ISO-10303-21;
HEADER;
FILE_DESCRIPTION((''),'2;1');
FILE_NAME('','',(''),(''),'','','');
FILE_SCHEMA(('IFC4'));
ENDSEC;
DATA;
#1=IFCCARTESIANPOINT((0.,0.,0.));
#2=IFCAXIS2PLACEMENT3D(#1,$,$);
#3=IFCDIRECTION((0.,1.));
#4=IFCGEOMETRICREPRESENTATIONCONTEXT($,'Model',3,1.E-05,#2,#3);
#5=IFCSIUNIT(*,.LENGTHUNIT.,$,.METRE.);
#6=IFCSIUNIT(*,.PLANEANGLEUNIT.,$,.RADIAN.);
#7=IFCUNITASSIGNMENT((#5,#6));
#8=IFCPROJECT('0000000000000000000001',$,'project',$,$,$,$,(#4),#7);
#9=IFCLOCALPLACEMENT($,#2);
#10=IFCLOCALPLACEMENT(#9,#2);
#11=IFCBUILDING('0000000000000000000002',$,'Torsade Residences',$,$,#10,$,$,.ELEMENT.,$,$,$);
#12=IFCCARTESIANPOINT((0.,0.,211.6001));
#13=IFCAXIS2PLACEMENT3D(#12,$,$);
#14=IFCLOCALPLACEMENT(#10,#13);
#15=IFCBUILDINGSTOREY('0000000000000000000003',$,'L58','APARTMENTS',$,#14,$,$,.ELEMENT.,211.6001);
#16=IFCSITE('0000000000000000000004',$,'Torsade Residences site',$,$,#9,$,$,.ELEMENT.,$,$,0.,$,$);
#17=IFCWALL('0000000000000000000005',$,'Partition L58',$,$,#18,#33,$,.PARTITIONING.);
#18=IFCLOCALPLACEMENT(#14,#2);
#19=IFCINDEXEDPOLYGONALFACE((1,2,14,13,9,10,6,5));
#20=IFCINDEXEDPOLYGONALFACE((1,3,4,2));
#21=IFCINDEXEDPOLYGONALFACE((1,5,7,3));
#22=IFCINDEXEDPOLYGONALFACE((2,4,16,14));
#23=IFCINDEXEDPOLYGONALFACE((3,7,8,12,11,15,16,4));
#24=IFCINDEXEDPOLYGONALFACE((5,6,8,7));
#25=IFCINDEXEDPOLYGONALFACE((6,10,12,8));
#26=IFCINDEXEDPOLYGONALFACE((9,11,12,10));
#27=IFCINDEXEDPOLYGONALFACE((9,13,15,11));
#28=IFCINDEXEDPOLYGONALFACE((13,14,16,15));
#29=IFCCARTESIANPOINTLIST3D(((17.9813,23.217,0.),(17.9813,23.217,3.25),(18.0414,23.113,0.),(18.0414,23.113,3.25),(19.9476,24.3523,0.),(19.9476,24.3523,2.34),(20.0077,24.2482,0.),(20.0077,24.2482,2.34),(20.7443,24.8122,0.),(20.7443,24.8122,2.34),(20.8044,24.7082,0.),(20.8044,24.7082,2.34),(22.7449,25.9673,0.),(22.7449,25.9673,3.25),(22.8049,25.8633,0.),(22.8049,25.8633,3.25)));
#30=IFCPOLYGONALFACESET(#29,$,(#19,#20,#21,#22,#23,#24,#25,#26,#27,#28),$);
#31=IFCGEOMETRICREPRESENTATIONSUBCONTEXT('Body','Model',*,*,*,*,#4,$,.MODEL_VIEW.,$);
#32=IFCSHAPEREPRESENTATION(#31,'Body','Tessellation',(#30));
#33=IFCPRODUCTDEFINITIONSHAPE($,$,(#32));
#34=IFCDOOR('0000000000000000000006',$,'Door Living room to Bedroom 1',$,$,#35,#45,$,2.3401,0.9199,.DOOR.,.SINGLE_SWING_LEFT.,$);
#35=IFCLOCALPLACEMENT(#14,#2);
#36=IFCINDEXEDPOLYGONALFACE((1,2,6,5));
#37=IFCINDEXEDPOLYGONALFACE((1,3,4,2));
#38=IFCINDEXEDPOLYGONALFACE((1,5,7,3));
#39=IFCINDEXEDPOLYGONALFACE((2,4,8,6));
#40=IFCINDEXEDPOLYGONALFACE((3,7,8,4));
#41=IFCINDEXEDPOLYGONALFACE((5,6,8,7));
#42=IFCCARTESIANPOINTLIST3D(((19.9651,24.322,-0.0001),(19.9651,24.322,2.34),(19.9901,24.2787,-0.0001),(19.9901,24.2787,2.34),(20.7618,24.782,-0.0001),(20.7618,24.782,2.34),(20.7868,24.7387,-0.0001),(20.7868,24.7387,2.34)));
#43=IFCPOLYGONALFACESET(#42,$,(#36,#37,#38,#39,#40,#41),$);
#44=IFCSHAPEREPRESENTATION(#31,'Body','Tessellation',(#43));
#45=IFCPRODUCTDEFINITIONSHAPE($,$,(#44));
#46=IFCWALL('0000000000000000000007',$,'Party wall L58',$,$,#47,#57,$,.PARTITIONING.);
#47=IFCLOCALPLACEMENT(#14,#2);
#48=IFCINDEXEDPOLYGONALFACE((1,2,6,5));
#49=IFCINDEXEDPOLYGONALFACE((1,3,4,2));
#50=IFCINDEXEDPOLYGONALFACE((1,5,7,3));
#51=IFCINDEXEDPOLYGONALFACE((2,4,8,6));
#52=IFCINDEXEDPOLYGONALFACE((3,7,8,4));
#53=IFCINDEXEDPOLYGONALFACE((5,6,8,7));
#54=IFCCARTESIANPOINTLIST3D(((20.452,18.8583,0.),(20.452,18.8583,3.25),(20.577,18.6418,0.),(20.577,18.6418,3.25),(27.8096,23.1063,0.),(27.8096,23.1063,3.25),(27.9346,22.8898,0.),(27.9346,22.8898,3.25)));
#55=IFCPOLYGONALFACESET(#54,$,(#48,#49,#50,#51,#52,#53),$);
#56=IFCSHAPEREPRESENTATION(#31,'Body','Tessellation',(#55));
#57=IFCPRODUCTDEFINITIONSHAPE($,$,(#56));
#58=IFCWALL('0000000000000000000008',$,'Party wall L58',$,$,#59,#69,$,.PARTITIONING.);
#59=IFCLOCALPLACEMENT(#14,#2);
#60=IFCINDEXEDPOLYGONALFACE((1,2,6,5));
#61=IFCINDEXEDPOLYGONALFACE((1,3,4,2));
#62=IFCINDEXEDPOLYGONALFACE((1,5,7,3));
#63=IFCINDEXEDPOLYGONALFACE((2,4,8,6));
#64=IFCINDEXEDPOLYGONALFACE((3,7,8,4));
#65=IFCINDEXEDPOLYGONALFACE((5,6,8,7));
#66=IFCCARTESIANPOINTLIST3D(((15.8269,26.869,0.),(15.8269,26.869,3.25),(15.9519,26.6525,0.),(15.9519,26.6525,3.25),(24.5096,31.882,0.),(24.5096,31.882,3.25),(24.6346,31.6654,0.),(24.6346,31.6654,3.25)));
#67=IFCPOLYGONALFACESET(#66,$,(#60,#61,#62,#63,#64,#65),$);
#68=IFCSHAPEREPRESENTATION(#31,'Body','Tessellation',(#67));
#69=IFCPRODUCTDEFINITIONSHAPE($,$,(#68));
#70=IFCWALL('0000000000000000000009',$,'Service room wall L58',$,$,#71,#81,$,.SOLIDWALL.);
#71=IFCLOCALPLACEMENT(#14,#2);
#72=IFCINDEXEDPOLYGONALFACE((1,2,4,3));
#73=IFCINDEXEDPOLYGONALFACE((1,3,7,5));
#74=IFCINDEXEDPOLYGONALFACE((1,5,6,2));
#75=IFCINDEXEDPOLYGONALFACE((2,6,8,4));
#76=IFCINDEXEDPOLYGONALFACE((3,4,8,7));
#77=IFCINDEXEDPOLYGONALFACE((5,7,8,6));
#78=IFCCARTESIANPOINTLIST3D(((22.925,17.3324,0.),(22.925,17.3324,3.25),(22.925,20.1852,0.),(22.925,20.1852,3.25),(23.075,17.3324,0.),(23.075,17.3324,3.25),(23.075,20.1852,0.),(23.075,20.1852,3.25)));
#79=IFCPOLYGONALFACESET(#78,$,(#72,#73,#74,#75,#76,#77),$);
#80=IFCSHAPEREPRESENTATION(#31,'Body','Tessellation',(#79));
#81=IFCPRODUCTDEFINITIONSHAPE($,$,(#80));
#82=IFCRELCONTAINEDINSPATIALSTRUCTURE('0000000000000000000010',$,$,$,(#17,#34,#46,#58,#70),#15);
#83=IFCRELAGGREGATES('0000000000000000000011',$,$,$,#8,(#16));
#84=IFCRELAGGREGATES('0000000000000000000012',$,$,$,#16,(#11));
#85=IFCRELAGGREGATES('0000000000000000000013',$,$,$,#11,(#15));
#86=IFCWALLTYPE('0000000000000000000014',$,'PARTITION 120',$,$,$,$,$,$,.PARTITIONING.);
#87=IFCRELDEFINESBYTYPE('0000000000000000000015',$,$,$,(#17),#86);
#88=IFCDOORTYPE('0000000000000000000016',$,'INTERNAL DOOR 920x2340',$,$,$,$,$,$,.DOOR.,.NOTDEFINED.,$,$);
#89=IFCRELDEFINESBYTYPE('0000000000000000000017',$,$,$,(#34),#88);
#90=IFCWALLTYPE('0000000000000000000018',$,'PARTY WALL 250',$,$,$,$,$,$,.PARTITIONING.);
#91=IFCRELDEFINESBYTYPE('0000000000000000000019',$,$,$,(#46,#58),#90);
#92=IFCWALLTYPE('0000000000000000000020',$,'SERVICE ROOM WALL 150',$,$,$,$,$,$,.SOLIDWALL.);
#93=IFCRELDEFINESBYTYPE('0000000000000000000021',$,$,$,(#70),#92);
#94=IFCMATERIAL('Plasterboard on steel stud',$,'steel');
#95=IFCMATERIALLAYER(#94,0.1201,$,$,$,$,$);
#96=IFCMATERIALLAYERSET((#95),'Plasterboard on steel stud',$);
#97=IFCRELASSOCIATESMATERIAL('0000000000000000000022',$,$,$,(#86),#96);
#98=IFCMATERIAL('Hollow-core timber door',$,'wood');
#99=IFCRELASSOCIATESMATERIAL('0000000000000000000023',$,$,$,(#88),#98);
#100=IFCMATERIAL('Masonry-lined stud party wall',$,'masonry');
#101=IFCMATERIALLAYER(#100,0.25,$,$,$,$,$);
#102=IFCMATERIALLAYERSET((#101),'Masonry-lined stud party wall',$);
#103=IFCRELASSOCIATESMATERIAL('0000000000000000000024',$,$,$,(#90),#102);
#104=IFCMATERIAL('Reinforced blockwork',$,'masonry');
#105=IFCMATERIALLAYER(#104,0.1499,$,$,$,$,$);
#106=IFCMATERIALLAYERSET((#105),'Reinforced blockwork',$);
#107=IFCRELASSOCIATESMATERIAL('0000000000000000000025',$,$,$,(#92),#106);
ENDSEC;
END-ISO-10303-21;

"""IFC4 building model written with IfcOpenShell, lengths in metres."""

from ifc_helpers import new_model, si_unit, direction, frame, frame_2d, origin, place, context, subcontext, project, spatial, rectangle, extrude, material, layer, layer_set, type_object, element, fill, save


model = new_model("IFC4")

# Units and contexts
model_context = context("Model", 3, precision=1e-05, world=origin(), true_north=direction((0.0, 1.0)))
body_context = subcontext(model_context, "Body", "Model", "MODEL_VIEW")
ifc_project = project(units=[si_unit("LENGTHUNIT", "METRE"), si_unit("PLANEANGLEUNIT", "RADIAN")], contexts=[model_context])

# Site, building, storey
site_placement = place(None, origin())
site = spatial("IfcSite", under=ifc_project, at=site_placement, Name="Torsade Residences site", CompositionType="ELEMENT", RefElevation=0.0)
building_placement = place(site_placement, origin())
building = spatial("IfcBuilding", under=site, at=building_placement, Name="Torsade Residences", CompositionType="ELEMENT")
storey_placement = place(building_placement, frame((0.0, 0.0, 211.6001)))
storey = spatial("IfcBuildingStorey", under=building, at=storey_placement, Name="L58", Description="APARTMENTS", CompositionType="ELEMENT", Elevation=211.6001)

# Shared definitions
ifc_material_1 = material(Name="Plasterboard on steel stud", Category="steel")
ifc_layer_1 = layer(ifc_material_1, 0.1201)
ifc_layer_set_1 = layer_set([ifc_layer_1], Name="Plasterboard on steel stud")
wall_type_1 = type_object("IfcWallType", Name="PARTITION 120", PredefinedType="PARTITIONING", material=ifc_layer_set_1)

# Shared definitions
ifc_material_2 = material(Name="Hollow-core timber door", Category="wood")
door_type_1 = type_object("IfcDoorType", Name="INTERNAL DOOR 920x2340", OperationType="NOTDEFINED", PredefinedType="DOOR", material=ifc_material_2)

# Wall, opening, door
wall_1_placement = place(storey_placement, frame((22.7749, 25.9153, 0.0), z_axis=(0.0, 0.0, 1.0), x_axis=(-0.866019, -0.500011, 0.0)))
wall_1 = element("IfcWall", 1, at=wall_1_placement, inside=storey, type_object=wall_type_1, Name="Partition L58", PredefinedType="PARTITIONING", context=body_context, shape_type="SweptSolid", body=[
    extrude(rectangle(XDim=5.5005, YDim=0.1201, at=frame_2d((2.7502, 0.0))), origin(), (0.0, 0.0, 1.0), 3.25),
])
opening_1_placement = place(wall_1_placement, frame((2.3101, 0.0, 0.0)))
opening_1 = element("IfcOpeningElement", 2, at=opening_1_placement, cuts=wall_1, PredefinedType="OPENING", context=body_context, shape_type="SweptSolid", body=[
    extrude(rectangle(XDim=0.9199, YDim=2.3401, at=frame_2d((0.46, 1.1699))), frame((0.0, 0.0701, 0.0), z_axis=(0.0, -1.0, 0.0), x_axis=(1.0, 0.0, 0.0)), (0.0, 0.0, 1.0), 0.1401),
])
door_1_placement = place(opening_1_placement, origin())
door_1 = element("IfcDoor", 3, at=door_1_placement, inside=storey, type_object=door_type_1, Name="Door Living room to Bedroom 1", OperationType="SINGLE_SWING_LEFT", OverallHeight=2.3401, OverallWidth=0.9199, PredefinedType="DOOR", context=body_context, shape_type="SweptSolid", body=[
    extrude(rectangle(XDim=0.9199, YDim=2.3401, at=frame_2d((0.46, 1.1699))), frame((0.0, 0.0249, 0.0), z_axis=(0.0, -1.0, 0.0), x_axis=(1.0, 0.0, 0.0)), (0.0, 0.0, 1.0), 0.05),
])
fill(opening_1, door_1)

# Walls
ifc_material_3 = material(Name="Masonry-lined stud party wall", Category="masonry")
ifc_layer_2 = layer(ifc_material_3, 0.25)
ifc_layer_set_2 = layer_set([ifc_layer_2], Name="Masonry-lined stud party wall")
wall_type_2 = type_object("IfcWallType", Name="PARTY WALL 250", PredefinedType="PARTITIONING", material=ifc_layer_set_2)
wall_2_placement = place(storey_placement, frame((20.5144, 18.75, 0.0), z_axis=(0.0, 0.0, 1.0), x_axis=(0.86602, 0.500009, 0.0)))
element("IfcWall", 4, at=wall_2_placement, inside=storey, type_object=wall_type_2, Name="Party wall L58", PredefinedType="PARTITIONING", context=body_context, shape_type="SweptSolid", body=[
    extrude(rectangle(XDim=8.4958, YDim=0.25, at=frame_2d((4.248, 0.0))), origin(), (0.0, 0.0, 1.0), 3.25),
])
wall_3_placement = place(storey_placement, frame((15.8894, 26.7607, 0.0), z_axis=(0.0, 0.0, 1.0), x_axis=(0.866024, 0.500002, 0.0)))
element("IfcWall", 5, at=wall_3_placement, inside=storey, type_object=wall_type_2, Name="Party wall L58", PredefinedType="PARTITIONING", context=body_context, shape_type="SweptSolid", body=[
    extrude(rectangle(XDim=10.0259, YDim=0.25, at=frame_2d((5.0129, 0.0))), origin(), (0.0, 0.0, 1.0), 3.25),
])
ifc_material_4 = material(Name="Reinforced blockwork", Category="masonry")
ifc_layer_3 = layer(ifc_material_4, 0.1499)
ifc_layer_set_3 = layer_set([ifc_layer_3], Name="Reinforced blockwork")
wall_type_3 = type_object("IfcWallType", Name="SERVICE ROOM WALL 150", PredefinedType="SOLIDWALL", material=ifc_layer_set_3)
wall_4_placement = place(storey_placement, frame((23.0, 20.1851, 0.0), z_axis=(0.0, 0.0, 1.0), x_axis=(0.0, -1.0, 0.0)))
element("IfcWall", 6, at=wall_4_placement, inside=storey, type_object=wall_type_3, Name="Service room wall L58", PredefinedType="SOLIDWALL", context=body_context, shape_type="SweptSolid", body=[
    extrude(rectangle(XDim=2.8528, YDim=0.1499, at=frame_2d((1.4263, 0.0))), origin(), (0.0, 0.0, 1.0), 3.25),
])

save(model, "model.ifc")
